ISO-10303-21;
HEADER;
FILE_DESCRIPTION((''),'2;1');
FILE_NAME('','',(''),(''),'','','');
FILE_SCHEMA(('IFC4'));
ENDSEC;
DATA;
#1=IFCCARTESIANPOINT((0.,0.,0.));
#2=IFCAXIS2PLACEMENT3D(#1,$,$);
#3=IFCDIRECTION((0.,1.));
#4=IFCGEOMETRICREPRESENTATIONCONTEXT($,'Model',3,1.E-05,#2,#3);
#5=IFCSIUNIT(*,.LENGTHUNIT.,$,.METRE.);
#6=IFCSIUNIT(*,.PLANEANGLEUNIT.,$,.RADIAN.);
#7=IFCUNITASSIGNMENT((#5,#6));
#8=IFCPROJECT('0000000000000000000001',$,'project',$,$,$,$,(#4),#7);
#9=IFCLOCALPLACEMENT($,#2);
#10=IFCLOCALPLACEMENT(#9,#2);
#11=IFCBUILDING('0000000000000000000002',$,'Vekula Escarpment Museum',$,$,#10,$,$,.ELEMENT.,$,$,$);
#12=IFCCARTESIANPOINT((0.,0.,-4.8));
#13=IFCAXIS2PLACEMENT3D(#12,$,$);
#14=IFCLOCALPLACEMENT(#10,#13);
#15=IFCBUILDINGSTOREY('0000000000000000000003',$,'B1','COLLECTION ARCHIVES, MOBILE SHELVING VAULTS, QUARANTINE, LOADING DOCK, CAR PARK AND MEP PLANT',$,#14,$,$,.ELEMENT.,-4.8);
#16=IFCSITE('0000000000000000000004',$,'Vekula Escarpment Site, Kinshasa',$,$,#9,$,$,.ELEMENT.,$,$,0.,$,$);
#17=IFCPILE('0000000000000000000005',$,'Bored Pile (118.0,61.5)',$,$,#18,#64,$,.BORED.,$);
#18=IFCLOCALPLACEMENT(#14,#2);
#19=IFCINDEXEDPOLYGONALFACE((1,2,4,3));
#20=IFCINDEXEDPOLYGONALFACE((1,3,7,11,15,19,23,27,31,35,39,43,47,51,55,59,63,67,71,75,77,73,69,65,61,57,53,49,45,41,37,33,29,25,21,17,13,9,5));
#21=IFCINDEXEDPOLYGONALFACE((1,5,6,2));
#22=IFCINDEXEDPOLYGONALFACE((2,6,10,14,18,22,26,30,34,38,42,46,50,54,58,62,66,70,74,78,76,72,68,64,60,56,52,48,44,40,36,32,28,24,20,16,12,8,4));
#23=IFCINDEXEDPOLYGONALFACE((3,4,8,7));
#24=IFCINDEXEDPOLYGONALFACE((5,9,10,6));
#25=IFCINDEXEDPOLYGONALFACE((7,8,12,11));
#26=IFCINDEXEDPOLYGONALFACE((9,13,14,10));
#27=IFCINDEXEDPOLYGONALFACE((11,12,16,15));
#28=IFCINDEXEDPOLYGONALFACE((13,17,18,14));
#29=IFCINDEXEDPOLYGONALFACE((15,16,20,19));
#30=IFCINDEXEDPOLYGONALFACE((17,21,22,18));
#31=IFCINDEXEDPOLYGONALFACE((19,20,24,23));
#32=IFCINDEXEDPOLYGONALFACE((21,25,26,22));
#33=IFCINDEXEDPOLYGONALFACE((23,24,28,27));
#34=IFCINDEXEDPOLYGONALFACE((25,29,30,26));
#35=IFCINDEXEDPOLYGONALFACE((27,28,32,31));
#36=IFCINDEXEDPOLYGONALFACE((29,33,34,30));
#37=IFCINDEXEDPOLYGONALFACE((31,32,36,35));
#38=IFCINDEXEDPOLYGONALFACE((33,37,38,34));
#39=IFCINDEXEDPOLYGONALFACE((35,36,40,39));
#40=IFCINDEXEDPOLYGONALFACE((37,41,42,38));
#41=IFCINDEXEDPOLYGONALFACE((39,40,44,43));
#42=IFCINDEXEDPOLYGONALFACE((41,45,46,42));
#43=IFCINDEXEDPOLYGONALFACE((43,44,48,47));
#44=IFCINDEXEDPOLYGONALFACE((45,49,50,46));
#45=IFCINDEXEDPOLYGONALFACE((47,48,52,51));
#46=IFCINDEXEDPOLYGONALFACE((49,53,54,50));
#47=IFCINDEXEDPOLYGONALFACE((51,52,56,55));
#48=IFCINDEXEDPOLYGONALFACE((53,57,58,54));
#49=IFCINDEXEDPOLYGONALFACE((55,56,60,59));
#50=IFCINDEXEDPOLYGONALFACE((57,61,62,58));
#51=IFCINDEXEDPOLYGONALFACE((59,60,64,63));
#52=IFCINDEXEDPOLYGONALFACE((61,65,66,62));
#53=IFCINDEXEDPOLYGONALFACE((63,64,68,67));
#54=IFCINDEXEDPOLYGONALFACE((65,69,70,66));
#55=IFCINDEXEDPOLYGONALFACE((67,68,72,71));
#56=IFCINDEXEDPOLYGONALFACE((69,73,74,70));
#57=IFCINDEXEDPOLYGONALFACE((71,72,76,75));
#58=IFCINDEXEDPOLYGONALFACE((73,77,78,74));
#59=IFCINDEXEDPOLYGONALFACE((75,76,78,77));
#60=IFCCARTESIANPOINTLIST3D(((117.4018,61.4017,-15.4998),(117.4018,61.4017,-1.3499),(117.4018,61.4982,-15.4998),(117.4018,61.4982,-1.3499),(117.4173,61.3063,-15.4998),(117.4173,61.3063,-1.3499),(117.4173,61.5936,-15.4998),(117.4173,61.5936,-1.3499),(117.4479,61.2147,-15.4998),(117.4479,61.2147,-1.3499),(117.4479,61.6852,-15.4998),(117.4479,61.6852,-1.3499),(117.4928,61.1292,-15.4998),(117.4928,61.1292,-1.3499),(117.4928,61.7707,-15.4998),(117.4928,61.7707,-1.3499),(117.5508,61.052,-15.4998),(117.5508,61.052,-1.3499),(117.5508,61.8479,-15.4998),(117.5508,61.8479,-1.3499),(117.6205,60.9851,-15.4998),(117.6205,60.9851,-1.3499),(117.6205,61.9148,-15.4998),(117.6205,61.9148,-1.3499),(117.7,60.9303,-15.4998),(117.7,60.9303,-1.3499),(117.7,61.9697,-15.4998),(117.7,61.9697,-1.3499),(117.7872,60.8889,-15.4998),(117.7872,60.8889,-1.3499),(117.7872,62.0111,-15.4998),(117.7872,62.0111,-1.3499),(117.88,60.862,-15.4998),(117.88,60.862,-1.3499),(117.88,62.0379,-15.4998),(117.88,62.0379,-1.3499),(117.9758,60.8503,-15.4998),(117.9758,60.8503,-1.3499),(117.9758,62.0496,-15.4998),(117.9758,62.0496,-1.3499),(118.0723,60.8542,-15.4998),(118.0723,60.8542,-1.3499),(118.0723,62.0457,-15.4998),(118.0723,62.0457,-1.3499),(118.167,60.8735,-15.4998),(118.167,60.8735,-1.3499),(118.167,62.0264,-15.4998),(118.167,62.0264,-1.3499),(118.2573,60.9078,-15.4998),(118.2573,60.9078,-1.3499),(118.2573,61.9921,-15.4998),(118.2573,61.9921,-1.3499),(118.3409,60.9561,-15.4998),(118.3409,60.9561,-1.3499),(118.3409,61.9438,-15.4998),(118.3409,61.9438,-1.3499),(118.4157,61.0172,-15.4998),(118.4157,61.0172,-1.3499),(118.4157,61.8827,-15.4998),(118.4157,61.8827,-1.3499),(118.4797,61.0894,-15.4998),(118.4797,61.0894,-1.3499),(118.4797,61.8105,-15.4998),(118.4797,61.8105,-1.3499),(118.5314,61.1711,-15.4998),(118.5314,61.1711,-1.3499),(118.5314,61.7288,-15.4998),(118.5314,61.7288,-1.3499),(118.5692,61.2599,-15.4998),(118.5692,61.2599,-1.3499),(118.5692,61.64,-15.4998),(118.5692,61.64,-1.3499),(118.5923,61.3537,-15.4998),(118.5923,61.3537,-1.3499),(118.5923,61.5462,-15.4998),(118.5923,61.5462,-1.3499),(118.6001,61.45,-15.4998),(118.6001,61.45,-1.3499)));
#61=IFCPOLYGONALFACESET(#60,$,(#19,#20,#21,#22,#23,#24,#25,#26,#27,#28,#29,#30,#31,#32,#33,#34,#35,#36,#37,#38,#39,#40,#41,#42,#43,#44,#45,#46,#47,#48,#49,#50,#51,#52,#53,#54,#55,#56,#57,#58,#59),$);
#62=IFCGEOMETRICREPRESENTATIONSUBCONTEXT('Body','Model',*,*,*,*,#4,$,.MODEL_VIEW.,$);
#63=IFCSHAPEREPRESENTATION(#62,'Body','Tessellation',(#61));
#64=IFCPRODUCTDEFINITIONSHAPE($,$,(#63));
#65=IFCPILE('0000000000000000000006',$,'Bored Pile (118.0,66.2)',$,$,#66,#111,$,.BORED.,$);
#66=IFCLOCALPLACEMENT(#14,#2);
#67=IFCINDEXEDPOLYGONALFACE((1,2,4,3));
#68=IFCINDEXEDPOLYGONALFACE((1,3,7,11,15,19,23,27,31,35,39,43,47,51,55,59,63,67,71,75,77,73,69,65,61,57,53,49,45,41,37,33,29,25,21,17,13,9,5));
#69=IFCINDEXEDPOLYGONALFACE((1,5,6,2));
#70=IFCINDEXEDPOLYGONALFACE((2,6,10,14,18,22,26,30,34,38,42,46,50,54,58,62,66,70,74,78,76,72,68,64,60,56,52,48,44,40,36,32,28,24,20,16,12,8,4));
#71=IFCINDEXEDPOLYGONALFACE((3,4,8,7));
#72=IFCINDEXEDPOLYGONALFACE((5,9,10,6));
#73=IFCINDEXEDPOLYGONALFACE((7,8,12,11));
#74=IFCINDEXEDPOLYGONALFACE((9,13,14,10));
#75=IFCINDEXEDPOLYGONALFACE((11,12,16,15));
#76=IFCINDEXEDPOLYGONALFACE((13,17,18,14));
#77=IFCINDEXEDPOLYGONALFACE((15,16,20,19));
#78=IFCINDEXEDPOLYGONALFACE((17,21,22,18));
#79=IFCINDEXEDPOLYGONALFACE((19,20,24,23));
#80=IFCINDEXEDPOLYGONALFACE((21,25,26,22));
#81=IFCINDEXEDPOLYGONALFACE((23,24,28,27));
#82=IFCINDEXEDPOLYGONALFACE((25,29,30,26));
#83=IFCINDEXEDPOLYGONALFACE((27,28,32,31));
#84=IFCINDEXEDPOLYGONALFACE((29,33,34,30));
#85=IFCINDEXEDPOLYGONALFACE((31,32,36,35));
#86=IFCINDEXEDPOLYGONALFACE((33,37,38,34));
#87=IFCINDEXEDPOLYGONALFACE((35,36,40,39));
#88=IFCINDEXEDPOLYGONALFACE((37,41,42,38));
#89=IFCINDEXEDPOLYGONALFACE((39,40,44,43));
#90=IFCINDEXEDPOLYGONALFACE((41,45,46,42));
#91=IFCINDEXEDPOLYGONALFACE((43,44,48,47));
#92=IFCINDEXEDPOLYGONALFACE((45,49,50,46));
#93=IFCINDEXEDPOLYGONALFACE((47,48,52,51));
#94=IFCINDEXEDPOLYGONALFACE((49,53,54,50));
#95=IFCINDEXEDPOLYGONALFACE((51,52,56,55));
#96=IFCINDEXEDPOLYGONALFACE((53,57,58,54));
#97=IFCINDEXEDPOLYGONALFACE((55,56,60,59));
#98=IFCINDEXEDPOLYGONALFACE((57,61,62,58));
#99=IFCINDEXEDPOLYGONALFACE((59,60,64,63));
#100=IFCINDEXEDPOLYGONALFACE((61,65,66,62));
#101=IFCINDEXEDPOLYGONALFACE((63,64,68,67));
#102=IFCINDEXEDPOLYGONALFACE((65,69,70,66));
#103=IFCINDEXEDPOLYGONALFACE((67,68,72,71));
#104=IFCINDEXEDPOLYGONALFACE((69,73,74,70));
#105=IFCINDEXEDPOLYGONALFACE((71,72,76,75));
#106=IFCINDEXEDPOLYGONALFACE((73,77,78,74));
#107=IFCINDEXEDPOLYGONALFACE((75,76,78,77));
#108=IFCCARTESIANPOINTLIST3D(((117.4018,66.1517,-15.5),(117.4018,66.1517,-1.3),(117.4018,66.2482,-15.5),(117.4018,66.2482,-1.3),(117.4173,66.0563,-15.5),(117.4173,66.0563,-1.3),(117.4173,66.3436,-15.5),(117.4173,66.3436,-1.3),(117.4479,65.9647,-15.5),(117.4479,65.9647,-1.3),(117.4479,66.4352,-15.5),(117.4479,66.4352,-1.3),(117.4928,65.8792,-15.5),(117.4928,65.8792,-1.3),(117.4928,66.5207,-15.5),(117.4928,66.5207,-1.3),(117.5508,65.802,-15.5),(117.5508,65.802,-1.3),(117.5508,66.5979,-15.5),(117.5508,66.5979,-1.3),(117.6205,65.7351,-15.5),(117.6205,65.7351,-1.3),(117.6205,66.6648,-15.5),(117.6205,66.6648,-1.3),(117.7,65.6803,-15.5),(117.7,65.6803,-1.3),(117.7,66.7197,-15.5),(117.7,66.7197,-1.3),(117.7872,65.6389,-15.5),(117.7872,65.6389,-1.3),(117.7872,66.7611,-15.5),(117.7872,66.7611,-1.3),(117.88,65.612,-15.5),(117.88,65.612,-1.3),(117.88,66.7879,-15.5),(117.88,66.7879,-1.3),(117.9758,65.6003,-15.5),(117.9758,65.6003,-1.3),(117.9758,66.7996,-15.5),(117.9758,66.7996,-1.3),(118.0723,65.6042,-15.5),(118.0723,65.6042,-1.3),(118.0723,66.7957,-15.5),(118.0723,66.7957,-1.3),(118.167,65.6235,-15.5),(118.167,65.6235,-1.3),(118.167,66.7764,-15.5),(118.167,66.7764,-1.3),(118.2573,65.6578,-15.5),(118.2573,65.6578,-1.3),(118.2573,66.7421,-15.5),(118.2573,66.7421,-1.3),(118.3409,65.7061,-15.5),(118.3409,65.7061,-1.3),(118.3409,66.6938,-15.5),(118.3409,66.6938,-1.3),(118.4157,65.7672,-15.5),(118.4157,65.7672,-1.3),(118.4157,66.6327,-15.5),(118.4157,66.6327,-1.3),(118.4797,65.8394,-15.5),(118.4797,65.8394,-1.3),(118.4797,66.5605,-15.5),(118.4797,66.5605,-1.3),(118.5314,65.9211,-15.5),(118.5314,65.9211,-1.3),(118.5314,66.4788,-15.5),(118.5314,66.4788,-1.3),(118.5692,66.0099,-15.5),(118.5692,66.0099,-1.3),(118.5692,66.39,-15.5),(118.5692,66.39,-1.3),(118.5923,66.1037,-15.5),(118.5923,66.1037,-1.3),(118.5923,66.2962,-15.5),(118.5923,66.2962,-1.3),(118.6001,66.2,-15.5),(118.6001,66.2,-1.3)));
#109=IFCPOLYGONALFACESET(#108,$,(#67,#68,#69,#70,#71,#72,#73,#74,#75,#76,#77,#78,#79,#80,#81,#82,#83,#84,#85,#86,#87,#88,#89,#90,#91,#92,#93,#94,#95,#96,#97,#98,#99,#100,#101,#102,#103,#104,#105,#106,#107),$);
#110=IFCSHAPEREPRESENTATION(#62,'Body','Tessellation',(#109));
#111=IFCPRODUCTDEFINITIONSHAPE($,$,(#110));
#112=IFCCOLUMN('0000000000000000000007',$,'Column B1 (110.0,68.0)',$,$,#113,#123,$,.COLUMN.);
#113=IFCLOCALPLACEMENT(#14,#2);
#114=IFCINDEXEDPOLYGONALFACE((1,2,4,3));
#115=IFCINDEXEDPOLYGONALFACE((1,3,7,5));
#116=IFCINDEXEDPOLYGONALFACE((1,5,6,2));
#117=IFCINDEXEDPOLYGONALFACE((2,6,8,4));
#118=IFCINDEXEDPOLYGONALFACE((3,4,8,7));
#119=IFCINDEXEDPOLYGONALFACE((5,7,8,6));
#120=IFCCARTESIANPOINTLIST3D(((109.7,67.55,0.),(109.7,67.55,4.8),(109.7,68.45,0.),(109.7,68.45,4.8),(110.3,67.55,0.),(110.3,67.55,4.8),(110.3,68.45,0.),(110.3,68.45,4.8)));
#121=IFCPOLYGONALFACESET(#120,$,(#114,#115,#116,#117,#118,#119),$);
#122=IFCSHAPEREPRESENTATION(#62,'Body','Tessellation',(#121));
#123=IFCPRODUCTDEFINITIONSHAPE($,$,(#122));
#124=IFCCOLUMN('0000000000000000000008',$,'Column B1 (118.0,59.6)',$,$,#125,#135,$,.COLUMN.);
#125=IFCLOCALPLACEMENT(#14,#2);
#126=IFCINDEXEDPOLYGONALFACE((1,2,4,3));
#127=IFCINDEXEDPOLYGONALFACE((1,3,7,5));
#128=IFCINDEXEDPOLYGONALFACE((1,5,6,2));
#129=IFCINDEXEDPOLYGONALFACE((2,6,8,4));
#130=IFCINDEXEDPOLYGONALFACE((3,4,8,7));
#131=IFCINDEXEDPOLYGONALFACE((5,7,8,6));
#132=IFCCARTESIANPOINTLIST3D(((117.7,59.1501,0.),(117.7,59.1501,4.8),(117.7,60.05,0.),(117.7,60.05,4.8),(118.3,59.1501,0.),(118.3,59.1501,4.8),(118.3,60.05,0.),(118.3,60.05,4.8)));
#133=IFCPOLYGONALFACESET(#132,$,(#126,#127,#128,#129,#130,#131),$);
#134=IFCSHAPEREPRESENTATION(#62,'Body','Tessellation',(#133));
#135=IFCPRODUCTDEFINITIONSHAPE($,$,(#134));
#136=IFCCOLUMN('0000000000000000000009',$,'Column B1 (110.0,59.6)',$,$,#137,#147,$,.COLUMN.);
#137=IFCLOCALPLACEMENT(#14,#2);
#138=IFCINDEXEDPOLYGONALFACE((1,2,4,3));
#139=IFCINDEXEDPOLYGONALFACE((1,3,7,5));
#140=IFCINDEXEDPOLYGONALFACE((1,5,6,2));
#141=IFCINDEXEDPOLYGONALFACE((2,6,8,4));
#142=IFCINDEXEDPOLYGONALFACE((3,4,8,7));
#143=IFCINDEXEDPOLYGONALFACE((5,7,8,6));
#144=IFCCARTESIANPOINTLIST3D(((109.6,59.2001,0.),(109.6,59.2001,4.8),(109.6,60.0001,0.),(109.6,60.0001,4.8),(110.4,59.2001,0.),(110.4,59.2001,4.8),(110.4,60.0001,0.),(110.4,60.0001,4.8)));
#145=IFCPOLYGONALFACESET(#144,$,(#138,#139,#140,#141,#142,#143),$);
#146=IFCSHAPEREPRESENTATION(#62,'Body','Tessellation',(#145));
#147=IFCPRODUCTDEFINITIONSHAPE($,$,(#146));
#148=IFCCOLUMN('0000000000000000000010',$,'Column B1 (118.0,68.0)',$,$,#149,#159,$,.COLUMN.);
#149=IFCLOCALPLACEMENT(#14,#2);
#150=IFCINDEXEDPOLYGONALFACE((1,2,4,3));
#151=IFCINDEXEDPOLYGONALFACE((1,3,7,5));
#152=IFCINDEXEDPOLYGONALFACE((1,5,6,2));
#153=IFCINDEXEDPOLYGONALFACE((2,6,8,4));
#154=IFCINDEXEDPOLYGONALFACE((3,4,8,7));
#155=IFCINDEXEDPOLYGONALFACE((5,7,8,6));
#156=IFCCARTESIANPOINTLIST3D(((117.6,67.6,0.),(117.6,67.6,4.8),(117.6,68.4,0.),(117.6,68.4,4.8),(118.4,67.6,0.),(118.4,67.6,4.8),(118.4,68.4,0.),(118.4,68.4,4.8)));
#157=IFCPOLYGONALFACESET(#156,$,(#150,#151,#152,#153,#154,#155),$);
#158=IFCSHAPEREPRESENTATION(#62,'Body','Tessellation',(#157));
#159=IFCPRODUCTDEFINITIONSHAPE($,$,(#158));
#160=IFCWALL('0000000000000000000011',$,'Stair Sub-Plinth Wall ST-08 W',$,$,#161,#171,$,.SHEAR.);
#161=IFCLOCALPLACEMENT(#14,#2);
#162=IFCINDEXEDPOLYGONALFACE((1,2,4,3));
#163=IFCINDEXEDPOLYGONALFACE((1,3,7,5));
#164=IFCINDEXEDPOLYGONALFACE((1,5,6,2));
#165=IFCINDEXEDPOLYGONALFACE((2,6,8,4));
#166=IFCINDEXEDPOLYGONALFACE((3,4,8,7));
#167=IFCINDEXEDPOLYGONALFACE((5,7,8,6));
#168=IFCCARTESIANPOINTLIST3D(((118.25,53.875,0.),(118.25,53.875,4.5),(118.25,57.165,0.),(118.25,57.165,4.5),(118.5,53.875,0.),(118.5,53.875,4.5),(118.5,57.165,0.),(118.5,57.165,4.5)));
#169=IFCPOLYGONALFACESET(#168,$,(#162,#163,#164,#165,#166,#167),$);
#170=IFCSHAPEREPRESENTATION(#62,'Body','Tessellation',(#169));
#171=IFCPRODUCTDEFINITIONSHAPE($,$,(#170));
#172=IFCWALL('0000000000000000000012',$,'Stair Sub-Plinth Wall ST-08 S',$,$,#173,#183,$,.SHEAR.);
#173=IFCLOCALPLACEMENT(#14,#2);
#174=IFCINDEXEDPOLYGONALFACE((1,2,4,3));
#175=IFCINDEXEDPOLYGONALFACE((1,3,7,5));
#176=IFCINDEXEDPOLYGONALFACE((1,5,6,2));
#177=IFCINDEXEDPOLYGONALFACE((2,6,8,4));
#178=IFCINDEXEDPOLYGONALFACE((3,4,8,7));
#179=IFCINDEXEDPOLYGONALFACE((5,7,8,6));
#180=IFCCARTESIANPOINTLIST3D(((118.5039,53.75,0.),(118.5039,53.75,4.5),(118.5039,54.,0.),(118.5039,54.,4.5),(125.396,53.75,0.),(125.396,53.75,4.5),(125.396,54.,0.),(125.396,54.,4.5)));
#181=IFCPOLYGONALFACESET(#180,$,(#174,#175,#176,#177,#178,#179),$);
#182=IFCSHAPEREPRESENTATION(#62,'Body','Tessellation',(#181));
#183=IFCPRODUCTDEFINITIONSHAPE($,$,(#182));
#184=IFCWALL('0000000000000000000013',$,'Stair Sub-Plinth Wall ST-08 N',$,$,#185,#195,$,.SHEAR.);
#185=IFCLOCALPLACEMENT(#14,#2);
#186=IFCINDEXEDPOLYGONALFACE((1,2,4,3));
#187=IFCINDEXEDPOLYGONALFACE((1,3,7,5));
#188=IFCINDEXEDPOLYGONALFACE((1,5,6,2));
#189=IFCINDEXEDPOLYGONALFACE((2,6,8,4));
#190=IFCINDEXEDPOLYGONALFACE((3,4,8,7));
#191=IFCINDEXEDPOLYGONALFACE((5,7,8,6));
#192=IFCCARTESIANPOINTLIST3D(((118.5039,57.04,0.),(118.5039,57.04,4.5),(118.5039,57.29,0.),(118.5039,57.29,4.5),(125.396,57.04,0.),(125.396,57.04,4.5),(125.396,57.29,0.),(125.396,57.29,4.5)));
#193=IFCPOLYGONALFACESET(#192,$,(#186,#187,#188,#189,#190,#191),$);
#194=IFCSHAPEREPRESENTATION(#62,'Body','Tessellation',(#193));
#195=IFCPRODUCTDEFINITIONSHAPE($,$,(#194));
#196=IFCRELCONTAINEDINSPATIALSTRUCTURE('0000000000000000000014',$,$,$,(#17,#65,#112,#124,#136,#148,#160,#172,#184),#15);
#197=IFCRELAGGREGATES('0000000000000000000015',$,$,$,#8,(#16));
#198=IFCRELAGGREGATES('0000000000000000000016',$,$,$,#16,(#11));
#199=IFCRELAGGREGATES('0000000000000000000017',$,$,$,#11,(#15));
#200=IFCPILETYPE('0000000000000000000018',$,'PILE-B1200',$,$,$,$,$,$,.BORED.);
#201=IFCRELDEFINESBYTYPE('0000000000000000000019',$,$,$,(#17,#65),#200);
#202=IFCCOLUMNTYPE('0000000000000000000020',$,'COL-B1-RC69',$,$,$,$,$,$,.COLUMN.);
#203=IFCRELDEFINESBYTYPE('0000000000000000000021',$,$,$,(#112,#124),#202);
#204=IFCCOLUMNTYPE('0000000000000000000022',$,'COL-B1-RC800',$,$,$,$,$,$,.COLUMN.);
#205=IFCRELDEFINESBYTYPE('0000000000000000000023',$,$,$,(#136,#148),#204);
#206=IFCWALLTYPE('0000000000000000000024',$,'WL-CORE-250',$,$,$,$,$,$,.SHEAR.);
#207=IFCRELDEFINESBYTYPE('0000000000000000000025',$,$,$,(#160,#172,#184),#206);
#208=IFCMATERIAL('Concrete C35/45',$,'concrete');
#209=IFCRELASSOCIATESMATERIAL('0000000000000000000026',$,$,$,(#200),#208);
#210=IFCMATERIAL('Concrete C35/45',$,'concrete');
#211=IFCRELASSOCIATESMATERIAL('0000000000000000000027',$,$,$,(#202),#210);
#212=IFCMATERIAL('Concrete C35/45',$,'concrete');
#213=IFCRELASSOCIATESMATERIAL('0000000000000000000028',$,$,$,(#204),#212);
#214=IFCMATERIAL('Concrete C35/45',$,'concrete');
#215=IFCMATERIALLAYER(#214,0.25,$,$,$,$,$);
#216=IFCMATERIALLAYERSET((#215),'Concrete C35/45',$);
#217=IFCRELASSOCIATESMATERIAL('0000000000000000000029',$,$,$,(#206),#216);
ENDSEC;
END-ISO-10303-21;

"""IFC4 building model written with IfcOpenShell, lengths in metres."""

from ifc_helpers import new_model, si_unit, direction, frame, frame_2d, origin, origin_2d, place, context, subcontext, project, spatial, rectangle, circle, extrude, material, layer, layer_set, material_profile, profile_set, type_object, element, save


model = new_model("IFC4")

# Units and contexts
model_context = context("Model", 3, precision=1e-05, world=origin(), true_north=direction((0.0, 1.0)))
body_context = subcontext(model_context, "Body", "Model", "MODEL_VIEW")
ifc_project = project(units=[si_unit("LENGTHUNIT", "METRE"), si_unit("PLANEANGLEUNIT", "RADIAN")], contexts=[model_context])

# Site, building, storey
site_placement = place(None, origin())
site = spatial("IfcSite", under=ifc_project, at=site_placement, Name="Vekula Escarpment Site, Kinshasa", CompositionType="ELEMENT", RefElevation=0.0)
building_placement = place(site_placement, origin())
building = spatial("IfcBuilding", under=site, at=building_placement, Name="Vekula Escarpment Museum", CompositionType="ELEMENT")
storey_placement = place(building_placement, frame((0.0, 0.0, -4.8)))
storey = spatial("IfcBuildingStorey", under=building, at=storey_placement, Name="B1", Description="COLLECTION ARCHIVES, MOBILE SHELVING VAULTS, QUARANTINE, LOADING DOCK, CAR PARK AND MEP PLANT", CompositionType="ELEMENT", Elevation=-4.8)

# Piles
ifc_material_1 = material(Name="Concrete C35/45", Category="concrete")
ifc_material_profile_1 = material_profile(ifc_material_1, circle(Radius=0.6001, at=origin_2d()), Name="BORED PILE 1200")
ifc_profile_set_1 = profile_set([ifc_material_profile_1], Name="Concrete C35/45")
pile_type = type_object("IfcPileType", Name="PILE-B1200", PredefinedType="BORED", material=ifc_profile_set_1)
for number, where, z_axis, x_axis, name in (
    (1, (118.0, 61.45, -1.3499), (0.0, 0.0, -1.0), (1.0, 0.0, 0.0), "Bored Pile (118.0,61.5)"),
):
    element("IfcPile", number, at=place(storey_placement, frame(where, z_axis=z_axis, x_axis=x_axis)), inside=storey, type_object=pile_type, Name=name, PredefinedType="BORED", context=body_context, shape_type="SweptSolid", body=[
        extrude(circle(Radius=0.6001, at=origin_2d()), origin(), (0.0, 0.0, 1.0), 14.1499),
    ])
pile_1_placement = place(storey_placement, frame((118.0, 66.2, -1.3), z_axis=(0.0, 0.0, -1.0), x_axis=(1.0, 0.0, 0.0)))
element("IfcPile", 2, at=pile_1_placement, inside=storey, type_object=pile_type, Name="Bored Pile (118.0,66.2)", PredefinedType="BORED", context=body_context, shape_type="SweptSolid", body=[
    extrude(circle(Radius=0.6001, at=origin_2d()), origin(), (0.0, 0.0, 1.0), 14.2),
])

# Columns
ifc_material_2 = material(Name="Concrete C35/45", Category="concrete")
ifc_material_profile_2 = material_profile(ifc_material_2, rectangle(XDim=0.6001, YDim=0.8999, at=origin_2d()), Name="RC 600x900")
ifc_profile_set_2 = profile_set([ifc_material_profile_2], Name="Concrete C35/45")
column_type_1 = type_object("IfcColumnType", Name="COL-B1-RC69", PredefinedType="COLUMN", material=ifc_profile_set_2)
for number, where, z_axis, x_axis, name in (
    (3, (110.0, 68.0, 0.0), (0.0, 0.0, 1.0), (1.0, 0.0, 0.0), "Column B1 (110.0,68.0)"),
    (4, (118.0, 59.6001, 0.0), (0.0, 0.0, 1.0), (1.0, 0.0, 0.0), "Column B1 (118.0,59.6)"),
):
    element("IfcColumn", number, at=place(storey_placement, frame(where, z_axis=z_axis, x_axis=x_axis)), inside=storey, type_object=column_type_1, Name=name, PredefinedType="COLUMN", context=body_context, shape_type="SweptSolid", body=[
        extrude(rectangle(XDim=0.6001, YDim=0.8999, at=origin_2d()), origin(), (0.0, 0.0, 1.0), 4.8),
    ])
ifc_material_3 = material(Name="Concrete C35/45", Category="concrete")
ifc_material_profile_3 = material_profile(ifc_material_3, rectangle(XDim=0.8, YDim=0.8, at=origin_2d()), Name="RC 800x800")
ifc_profile_set_3 = profile_set([ifc_material_profile_3], Name="Concrete C35/45")
column_type_2 = type_object("IfcColumnType", Name="COL-B1-RC800", PredefinedType="COLUMN", material=ifc_profile_set_3)
for number, where, z_axis, x_axis, name in (
    (5, (110.0, 59.6001, 0.0), (0.0, 0.0, 1.0), (1.0, 0.0, 0.0), "Column B1 (110.0,59.6)"),
    (6, (118.0, 68.0, 0.0), (0.0, 0.0, 1.0), (1.0, 0.0, 0.0), "Column B1 (118.0,68.0)"),
):
    element("IfcColumn", number, at=place(storey_placement, frame(where, z_axis=z_axis, x_axis=x_axis)), inside=storey, type_object=column_type_2, Name=name, PredefinedType="COLUMN", context=body_context, shape_type="SweptSolid", body=[
        extrude(rectangle(XDim=0.8, YDim=0.8, at=origin_2d()), origin(), (0.0, 0.0, 1.0), 4.8),
    ])

# Walls
ifc_material_4 = material(Name="Concrete C35/45", Category="concrete")
ifc_layer = layer(ifc_material_4, 0.25)
ifc_layer_set = layer_set([ifc_layer], Name="Concrete C35/45")
wall_type = type_object("IfcWallType", Name="WL-CORE-250", PredefinedType="SHEAR", material=ifc_layer_set)
wall_placement = place(storey_placement, frame((118.375, 53.875, 0.0), z_axis=(0.0, 0.0, 1.0), x_axis=(0.0, 1.0, 0.0)))
element("IfcWall", 7, at=wall_placement, inside=storey, type_object=wall_type, Name="Stair Sub-Plinth Wall ST-08 W", PredefinedType="SHEAR", context=body_context, shape_type="SweptSolid", body=[
    extrude(rectangle(XDim=3.29, YDim=0.25, at=frame_2d((1.645, 0.0))), origin(), (0.0, 0.0, 1.0), 4.5),
])
for number, where, z_axis, x_axis, name in (
    (8, (118.5039, 53.875, 0.0), (0.0, 0.0, 1.0), (1.0, 0.0, 0.0), "Stair Sub-Plinth Wall ST-08 S"),
    (9, (118.5039, 57.165, 0.0), (0.0, 0.0, 1.0), (1.0, 0.0, 0.0), "Stair Sub-Plinth Wall ST-08 N"),
):
    element("IfcWall", number, at=place(storey_placement, frame(where, z_axis=z_axis, x_axis=x_axis)), inside=storey, type_object=wall_type, Name=name, PredefinedType="SHEAR", context=body_context, shape_type="SweptSolid", body=[
        extrude(rectangle(XDim=6.8921, YDim=0.25, at=frame_2d((3.446, 0.0))), origin(), (0.0, 0.0, 1.0), 4.5),
    ])

save(model, "model.ifc")
